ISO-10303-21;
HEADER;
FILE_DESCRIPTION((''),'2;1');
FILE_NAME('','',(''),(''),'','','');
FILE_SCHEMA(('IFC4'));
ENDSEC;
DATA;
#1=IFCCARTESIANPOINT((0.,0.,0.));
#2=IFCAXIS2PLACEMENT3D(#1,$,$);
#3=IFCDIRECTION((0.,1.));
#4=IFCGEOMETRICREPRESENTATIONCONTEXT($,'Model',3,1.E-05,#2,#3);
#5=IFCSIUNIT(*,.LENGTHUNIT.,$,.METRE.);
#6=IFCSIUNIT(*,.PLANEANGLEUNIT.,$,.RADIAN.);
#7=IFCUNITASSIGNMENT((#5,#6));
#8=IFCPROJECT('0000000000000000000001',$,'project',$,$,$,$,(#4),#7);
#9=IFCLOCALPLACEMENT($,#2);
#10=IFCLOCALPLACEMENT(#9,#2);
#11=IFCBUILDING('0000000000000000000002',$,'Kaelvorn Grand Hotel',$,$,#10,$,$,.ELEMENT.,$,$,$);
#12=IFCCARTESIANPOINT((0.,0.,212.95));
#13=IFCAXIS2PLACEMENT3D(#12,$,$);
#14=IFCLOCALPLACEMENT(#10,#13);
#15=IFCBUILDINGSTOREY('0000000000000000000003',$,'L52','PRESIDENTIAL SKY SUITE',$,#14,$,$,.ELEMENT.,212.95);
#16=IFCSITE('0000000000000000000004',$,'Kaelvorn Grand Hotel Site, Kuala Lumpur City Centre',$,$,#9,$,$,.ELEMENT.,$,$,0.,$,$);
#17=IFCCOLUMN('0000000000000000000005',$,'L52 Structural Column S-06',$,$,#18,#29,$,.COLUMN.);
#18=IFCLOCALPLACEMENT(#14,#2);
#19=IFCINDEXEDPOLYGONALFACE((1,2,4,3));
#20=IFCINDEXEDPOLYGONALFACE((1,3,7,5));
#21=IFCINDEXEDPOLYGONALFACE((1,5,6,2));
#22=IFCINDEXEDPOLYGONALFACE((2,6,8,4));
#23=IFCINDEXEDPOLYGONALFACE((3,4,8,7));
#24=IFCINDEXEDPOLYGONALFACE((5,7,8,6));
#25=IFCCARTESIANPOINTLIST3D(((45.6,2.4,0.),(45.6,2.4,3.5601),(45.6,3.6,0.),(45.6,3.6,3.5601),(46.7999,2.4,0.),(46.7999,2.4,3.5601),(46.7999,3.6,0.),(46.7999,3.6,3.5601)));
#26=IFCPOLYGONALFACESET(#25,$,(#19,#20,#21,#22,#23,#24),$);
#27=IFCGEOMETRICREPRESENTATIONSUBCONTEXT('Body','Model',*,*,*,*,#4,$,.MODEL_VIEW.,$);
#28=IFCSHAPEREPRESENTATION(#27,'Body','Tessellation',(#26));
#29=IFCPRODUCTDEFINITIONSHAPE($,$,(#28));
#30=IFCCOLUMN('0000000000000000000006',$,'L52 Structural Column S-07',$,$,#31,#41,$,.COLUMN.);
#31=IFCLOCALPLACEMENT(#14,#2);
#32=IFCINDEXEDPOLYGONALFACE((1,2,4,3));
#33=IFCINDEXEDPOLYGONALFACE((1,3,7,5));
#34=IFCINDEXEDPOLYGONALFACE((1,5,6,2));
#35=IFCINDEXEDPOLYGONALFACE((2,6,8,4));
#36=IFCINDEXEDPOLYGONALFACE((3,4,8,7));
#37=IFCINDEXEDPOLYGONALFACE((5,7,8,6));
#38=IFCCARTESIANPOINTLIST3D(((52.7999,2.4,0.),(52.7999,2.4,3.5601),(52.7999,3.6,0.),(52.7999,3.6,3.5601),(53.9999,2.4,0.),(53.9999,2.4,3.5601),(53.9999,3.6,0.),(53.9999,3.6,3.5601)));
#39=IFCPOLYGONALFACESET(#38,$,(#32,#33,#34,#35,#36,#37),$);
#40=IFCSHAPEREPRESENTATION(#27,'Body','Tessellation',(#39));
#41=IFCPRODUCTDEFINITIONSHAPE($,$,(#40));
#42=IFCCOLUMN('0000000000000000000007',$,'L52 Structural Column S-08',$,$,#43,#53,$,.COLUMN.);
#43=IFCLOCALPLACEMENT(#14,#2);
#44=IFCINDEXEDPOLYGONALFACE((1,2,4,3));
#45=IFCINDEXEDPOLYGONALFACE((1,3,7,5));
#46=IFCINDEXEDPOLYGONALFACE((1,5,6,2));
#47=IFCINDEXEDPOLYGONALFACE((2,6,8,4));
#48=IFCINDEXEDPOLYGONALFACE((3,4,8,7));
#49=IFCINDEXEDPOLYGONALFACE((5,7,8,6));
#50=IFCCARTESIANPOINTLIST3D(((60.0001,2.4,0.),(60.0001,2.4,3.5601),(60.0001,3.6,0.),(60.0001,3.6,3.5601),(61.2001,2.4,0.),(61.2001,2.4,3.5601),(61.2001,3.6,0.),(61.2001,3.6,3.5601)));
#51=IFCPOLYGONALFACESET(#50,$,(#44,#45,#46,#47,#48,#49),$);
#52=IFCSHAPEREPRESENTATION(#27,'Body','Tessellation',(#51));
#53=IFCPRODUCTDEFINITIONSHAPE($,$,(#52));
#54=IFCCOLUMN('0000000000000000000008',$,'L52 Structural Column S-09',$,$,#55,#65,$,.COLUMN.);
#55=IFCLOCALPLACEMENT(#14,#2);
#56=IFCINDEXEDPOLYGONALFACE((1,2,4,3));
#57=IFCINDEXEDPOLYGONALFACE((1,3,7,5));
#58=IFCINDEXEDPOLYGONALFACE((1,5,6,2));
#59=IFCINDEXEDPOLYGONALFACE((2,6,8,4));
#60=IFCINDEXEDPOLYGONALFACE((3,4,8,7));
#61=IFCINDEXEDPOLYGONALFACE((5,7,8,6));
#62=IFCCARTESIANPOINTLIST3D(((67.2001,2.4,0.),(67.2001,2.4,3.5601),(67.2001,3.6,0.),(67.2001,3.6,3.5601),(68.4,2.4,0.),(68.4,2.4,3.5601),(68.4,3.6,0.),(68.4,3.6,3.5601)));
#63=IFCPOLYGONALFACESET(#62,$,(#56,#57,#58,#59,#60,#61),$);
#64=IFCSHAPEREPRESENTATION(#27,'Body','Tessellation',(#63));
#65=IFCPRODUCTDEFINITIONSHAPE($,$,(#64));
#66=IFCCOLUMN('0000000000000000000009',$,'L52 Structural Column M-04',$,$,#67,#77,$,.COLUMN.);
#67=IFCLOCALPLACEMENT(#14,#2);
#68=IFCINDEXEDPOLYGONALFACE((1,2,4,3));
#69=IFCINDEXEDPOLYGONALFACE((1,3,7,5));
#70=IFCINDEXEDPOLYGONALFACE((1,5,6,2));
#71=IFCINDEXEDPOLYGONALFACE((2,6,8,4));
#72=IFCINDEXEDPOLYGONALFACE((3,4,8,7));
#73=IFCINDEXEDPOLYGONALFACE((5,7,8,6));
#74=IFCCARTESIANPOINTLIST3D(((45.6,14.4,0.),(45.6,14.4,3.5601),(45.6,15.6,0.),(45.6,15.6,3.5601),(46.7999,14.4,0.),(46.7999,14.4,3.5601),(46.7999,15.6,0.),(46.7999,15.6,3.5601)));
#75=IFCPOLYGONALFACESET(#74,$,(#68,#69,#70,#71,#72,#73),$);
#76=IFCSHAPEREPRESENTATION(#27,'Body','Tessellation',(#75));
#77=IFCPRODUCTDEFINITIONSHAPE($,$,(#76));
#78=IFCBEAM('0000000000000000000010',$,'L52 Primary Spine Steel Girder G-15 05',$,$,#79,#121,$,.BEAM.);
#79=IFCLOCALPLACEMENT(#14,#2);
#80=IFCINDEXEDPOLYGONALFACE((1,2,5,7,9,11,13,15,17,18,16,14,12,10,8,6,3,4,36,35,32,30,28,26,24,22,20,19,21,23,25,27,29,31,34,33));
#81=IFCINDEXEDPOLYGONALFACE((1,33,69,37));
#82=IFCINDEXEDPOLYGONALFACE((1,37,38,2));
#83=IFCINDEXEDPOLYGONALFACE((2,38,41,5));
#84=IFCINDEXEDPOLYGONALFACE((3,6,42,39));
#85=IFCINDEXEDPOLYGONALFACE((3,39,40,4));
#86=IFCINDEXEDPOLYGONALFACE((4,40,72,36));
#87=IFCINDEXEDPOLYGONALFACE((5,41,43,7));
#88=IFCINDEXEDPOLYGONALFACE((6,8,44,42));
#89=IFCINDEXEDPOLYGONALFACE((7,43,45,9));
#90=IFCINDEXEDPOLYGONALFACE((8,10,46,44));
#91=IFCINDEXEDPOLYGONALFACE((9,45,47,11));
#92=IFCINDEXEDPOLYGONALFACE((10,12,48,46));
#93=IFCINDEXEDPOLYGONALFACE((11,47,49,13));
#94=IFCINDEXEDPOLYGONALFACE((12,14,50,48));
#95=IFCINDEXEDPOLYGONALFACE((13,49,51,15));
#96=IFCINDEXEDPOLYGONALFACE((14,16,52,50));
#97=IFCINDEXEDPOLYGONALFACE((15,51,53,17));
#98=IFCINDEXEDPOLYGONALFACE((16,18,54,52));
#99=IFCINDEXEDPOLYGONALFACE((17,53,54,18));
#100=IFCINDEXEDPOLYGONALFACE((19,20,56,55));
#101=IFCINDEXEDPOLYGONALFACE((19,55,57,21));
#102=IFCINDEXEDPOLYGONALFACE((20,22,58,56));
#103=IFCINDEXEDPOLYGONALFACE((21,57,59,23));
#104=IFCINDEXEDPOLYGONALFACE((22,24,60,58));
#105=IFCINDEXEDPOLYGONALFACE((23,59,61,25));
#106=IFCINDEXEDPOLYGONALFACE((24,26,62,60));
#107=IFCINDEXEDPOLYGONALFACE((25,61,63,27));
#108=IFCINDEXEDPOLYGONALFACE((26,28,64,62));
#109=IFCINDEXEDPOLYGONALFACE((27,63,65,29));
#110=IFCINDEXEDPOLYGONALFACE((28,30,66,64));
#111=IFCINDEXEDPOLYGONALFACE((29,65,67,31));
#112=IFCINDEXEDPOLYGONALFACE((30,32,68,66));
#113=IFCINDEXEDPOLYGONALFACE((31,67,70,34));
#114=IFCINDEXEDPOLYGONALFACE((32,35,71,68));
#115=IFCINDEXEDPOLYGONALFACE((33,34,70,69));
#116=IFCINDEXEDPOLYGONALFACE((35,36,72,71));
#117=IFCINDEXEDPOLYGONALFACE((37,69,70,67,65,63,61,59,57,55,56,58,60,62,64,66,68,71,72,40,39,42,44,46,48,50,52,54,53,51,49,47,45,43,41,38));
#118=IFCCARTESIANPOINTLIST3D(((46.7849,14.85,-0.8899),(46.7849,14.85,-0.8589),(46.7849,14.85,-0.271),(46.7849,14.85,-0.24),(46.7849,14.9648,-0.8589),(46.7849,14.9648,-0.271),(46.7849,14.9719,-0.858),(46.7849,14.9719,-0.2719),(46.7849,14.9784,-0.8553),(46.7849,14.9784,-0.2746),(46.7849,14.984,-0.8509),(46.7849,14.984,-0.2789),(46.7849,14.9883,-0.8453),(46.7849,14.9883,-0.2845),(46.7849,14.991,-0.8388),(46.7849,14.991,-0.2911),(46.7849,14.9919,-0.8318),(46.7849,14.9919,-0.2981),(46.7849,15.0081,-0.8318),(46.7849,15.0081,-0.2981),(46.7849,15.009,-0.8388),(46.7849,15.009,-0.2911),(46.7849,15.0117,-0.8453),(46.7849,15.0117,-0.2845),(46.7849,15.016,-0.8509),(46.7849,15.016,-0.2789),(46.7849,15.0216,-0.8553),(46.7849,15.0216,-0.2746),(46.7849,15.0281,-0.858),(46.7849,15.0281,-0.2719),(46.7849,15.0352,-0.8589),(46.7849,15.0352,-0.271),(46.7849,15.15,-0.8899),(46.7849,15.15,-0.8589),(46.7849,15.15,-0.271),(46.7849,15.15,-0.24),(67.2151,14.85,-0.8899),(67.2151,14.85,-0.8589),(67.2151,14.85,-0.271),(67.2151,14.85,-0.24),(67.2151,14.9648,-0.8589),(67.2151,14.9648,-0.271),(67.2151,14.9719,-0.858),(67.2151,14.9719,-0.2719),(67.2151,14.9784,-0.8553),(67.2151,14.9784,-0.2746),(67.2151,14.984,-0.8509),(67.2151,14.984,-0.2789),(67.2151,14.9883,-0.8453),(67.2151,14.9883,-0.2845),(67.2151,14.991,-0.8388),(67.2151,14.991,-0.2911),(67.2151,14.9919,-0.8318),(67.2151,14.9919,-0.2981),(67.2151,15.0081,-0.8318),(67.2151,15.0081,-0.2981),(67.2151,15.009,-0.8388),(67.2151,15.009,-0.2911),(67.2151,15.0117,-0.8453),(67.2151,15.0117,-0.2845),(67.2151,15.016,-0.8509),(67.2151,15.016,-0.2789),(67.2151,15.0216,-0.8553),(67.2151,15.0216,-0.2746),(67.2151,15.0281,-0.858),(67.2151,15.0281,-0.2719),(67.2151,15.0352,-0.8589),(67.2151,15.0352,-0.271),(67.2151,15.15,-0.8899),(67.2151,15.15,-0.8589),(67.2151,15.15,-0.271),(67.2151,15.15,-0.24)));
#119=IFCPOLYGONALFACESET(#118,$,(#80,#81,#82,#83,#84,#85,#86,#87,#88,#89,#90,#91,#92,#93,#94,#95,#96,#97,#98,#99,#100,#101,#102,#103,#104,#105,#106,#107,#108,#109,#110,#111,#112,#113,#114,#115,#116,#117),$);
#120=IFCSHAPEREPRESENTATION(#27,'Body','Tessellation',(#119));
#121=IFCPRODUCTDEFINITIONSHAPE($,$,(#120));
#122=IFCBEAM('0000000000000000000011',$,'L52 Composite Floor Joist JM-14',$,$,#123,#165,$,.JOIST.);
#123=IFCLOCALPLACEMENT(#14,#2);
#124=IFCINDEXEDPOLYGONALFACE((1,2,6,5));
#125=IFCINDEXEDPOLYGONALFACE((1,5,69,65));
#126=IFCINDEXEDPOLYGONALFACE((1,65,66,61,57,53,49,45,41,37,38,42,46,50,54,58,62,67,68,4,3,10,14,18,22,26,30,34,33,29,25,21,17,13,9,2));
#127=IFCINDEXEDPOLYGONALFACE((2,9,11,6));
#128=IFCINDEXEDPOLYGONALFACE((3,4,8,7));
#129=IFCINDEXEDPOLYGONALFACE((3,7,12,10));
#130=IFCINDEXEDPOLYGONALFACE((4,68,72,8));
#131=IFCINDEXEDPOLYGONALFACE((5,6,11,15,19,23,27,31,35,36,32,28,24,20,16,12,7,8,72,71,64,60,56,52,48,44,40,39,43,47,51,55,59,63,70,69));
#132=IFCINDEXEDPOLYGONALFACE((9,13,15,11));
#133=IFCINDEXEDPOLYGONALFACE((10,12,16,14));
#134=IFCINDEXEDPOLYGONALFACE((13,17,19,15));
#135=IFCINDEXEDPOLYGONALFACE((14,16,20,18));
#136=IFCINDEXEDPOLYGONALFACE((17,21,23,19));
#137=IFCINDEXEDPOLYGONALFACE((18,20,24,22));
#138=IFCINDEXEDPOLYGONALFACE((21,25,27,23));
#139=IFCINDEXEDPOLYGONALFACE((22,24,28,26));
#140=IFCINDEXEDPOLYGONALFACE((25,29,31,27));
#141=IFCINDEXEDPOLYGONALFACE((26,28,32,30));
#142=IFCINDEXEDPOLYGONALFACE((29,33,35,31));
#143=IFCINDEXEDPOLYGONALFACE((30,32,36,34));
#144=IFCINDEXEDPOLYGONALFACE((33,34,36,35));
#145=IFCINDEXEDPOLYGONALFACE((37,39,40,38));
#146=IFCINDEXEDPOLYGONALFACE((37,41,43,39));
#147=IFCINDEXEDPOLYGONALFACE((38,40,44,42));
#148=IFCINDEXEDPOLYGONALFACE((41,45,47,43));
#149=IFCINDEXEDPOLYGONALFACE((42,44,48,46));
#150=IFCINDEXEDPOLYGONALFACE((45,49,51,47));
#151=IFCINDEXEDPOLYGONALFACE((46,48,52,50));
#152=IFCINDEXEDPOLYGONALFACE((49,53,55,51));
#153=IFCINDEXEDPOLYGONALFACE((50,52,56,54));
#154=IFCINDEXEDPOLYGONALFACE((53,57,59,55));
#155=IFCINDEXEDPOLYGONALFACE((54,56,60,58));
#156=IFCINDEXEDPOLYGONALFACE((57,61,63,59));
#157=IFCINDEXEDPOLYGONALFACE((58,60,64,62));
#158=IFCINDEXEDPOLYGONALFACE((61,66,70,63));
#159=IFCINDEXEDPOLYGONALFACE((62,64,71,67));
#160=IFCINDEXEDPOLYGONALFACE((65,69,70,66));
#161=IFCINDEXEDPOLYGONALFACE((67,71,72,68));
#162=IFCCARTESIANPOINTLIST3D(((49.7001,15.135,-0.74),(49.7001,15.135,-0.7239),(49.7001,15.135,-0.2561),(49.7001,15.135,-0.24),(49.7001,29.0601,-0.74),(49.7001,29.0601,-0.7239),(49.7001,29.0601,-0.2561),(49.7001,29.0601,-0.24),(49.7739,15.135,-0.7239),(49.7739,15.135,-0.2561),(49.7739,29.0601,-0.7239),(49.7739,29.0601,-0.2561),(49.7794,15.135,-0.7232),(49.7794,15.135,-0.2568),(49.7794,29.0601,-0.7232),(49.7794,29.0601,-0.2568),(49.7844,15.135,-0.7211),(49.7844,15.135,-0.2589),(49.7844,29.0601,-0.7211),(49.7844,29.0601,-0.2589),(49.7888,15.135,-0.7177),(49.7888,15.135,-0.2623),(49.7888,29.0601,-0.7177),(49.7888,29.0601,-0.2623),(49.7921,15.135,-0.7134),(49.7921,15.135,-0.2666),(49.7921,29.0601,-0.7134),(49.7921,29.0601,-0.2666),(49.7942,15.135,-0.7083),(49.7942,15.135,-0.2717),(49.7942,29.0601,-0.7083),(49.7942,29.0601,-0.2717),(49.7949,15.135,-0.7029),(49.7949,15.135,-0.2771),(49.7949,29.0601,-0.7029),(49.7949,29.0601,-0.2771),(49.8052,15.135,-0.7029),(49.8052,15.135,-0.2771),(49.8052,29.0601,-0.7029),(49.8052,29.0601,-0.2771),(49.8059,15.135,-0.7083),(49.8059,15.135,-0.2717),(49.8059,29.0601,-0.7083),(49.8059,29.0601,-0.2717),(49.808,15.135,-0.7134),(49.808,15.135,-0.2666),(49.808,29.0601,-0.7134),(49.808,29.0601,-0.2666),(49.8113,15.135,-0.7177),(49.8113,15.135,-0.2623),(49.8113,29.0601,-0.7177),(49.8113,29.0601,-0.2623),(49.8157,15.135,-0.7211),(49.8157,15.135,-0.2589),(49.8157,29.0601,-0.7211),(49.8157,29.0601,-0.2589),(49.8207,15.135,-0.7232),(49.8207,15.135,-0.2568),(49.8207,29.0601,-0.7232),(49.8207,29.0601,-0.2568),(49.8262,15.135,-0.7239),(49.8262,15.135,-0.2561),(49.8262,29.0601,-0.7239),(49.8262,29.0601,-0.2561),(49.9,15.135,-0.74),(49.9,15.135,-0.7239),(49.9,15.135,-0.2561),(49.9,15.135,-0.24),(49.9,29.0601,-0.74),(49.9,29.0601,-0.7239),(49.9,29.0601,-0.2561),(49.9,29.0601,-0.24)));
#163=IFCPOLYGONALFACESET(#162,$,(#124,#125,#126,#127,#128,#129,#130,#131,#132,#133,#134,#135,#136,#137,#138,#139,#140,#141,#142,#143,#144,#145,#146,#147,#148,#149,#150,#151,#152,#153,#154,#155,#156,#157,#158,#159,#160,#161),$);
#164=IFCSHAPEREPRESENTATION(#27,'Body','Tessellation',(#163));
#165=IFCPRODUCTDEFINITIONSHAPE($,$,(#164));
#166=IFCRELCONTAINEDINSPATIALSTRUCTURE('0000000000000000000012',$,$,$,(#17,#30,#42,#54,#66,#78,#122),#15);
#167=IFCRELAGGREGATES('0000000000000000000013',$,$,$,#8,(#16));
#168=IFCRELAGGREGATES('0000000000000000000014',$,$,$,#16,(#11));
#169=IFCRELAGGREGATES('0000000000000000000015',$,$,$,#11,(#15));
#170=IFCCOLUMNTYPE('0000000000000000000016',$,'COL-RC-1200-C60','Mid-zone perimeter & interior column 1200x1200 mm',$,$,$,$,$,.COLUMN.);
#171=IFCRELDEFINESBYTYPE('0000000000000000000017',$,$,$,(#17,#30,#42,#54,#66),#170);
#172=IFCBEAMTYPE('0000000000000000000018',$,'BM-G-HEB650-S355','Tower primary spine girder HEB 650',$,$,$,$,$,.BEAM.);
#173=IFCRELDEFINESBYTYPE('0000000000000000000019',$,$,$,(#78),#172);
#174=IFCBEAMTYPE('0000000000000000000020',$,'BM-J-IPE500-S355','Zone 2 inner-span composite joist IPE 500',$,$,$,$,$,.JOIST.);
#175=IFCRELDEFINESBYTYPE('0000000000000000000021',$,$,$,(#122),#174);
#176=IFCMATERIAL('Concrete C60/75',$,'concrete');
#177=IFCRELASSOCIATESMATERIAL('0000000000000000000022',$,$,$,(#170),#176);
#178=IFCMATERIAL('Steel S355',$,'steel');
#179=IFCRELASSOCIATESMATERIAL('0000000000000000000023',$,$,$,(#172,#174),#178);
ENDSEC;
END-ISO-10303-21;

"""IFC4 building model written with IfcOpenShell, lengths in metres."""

from ifc_helpers import new_model, si_unit, direction, frame, origin, origin_2d, place, context, subcontext, project, spatial, rectangle, i_section, extrude, material, material_profile, profile_set, type_object, element, save


model = new_model("IFC4")

# Units and contexts
model_context = context("Model", 3, precision=1e-05, world=origin(), true_north=direction((0.0, 1.0)))
body_context = subcontext(model_context, "Body", "Model", "MODEL_VIEW")
ifc_project = project(units=[si_unit("LENGTHUNIT", "METRE"), si_unit("PLANEANGLEUNIT", "RADIAN")], contexts=[model_context])

# Site, building, storey
site_placement = place(None, origin())
site = spatial("IfcSite", under=ifc_project, at=site_placement, Name="Kaelvorn Grand Hotel Site, Kuala Lumpur City Centre", CompositionType="ELEMENT", RefElevation=0.0)
building_placement = place(site_placement, origin())
building = spatial("IfcBuilding", under=site, at=building_placement, Name="Kaelvorn Grand Hotel", CompositionType="ELEMENT")
storey_placement = place(building_placement, frame((0.0, 0.0, 212.95)))
storey = spatial("IfcBuildingStorey", under=building, at=storey_placement, Name="L52", Description="PRESIDENTIAL SKY SUITE", CompositionType="ELEMENT", Elevation=212.95)

# Columns
ifc_material_1 = material(Name="Concrete C60/75", Category="concrete")
ifc_material_profile_1 = material_profile(ifc_material_1, rectangle(XDim=1.2, YDim=1.2, at=origin_2d()), Name="RC COL 1200x1200")
ifc_profile_set_1 = profile_set([ifc_material_profile_1], Name="Concrete C60/75")
column_type = type_object("IfcColumnType", Name="COL-RC-1200-C60", Description="Mid-zone perimeter & interior column 1200x1200 mm", PredefinedType="COLUMN", material=ifc_profile_set_1)
for number, where, z_axis, x_axis, name in (
    (1, (46.2, 3.0, 0.0), (0.0, 0.0, 1.0), (1.0, 0.0, 0.0), "L52 Structural Column S-06"),
    (2, (53.3999, 3.0, 0.0), (0.0, 0.0, 1.0), (1.0, 0.0, 0.0), "L52 Structural Column S-07"),
    (3, (60.6001, 3.0, 0.0), (0.0, 0.0, 1.0), (1.0, 0.0, 0.0), "L52 Structural Column S-08"),
    (4, (67.8, 3.0, 0.0), (0.0, 0.0, 1.0), (1.0, 0.0, 0.0), "L52 Structural Column S-09"),
    (5, (46.2, 15.0, 0.0), (0.0, 0.0, 1.0), (1.0, 0.0, 0.0), "L52 Structural Column M-04"),
):
    element("IfcColumn", number, at=place(storey_placement, frame(where, z_axis=z_axis, x_axis=x_axis)), inside=storey, type_object=column_type, Name=name, PredefinedType="COLUMN", context=body_context, shape_type="SweptSolid", body=[
        extrude(rectangle(XDim=1.2, YDim=1.2, at=origin_2d()), origin(), (0.0, 0.0, 1.0), 3.5601),
    ])

# Beams
ifc_material_2 = material(Name="Steel S355", Category="steel")
ifc_material_profile_2 = material_profile(ifc_material_2, i_section(OverallWidth=0.3, OverallDepth=0.6499, WebThickness=0.0161, FlangeThickness=0.031, FilletRadius=0.0271, at=origin_2d()), Name="HEB 650")
ifc_profile_set_2 = profile_set([ifc_material_profile_2], Name="Steel S355")
beam_type_1 = type_object("IfcBeamType", Name="BM-G-HEB650-S355", Description="Tower primary spine girder HEB 650", PredefinedType="BEAM", material=ifc_profile_set_2)
beam_1_placement = place(storey_placement, frame((46.7849, 15.0, -0.5649), z_axis=(1.0, 0.0, 0.0), x_axis=(0.0, 1.0, 0.0)))
element("IfcBeam", 6, at=beam_1_placement, inside=storey, type_object=beam_type_1, Name="L52 Primary Spine Steel Girder G-15 05", PredefinedType="BEAM", context=body_context, shape_type="SweptSolid", body=[
    extrude(i_section(OverallWidth=0.3, OverallDepth=0.6499, WebThickness=0.0161, FlangeThickness=0.031, FilletRadius=0.0271, at=origin_2d()), origin(), (0.0, 0.0, 1.0), 20.4302),
])
ifc_material_profile_3 = material_profile(ifc_material_2, i_section(OverallWidth=0.2, OverallDepth=0.5, WebThickness=0.0103, FlangeThickness=0.0161, FilletRadius=0.021, at=origin_2d()), Name="IPE 500")
ifc_profile_set_3 = profile_set([ifc_material_profile_3], Name="Steel S355")
beam_type_2 = type_object("IfcBeamType", Name="BM-J-IPE500-S355", Description="Zone 2 inner-span composite joist IPE 500", PredefinedType="JOIST", material=ifc_profile_set_3)
beam_2_placement = place(storey_placement, frame((49.8, 15.135, -0.49), z_axis=(0.0, 1.0, 0.0), x_axis=(-1.0, 0.0, 0.0)))
element("IfcBeam", 7, at=beam_2_placement, inside=storey, type_object=beam_type_2, Name="L52 Composite Floor Joist JM-14", PredefinedType="JOIST", context=body_context, shape_type="SweptSolid", body=[
    extrude(i_section(OverallWidth=0.2, OverallDepth=0.5, WebThickness=0.0103, FlangeThickness=0.0161, FilletRadius=0.021, at=origin_2d()), origin(), (0.0, 0.0, 1.0), 13.925),
])

save(model, "model.ifc")
